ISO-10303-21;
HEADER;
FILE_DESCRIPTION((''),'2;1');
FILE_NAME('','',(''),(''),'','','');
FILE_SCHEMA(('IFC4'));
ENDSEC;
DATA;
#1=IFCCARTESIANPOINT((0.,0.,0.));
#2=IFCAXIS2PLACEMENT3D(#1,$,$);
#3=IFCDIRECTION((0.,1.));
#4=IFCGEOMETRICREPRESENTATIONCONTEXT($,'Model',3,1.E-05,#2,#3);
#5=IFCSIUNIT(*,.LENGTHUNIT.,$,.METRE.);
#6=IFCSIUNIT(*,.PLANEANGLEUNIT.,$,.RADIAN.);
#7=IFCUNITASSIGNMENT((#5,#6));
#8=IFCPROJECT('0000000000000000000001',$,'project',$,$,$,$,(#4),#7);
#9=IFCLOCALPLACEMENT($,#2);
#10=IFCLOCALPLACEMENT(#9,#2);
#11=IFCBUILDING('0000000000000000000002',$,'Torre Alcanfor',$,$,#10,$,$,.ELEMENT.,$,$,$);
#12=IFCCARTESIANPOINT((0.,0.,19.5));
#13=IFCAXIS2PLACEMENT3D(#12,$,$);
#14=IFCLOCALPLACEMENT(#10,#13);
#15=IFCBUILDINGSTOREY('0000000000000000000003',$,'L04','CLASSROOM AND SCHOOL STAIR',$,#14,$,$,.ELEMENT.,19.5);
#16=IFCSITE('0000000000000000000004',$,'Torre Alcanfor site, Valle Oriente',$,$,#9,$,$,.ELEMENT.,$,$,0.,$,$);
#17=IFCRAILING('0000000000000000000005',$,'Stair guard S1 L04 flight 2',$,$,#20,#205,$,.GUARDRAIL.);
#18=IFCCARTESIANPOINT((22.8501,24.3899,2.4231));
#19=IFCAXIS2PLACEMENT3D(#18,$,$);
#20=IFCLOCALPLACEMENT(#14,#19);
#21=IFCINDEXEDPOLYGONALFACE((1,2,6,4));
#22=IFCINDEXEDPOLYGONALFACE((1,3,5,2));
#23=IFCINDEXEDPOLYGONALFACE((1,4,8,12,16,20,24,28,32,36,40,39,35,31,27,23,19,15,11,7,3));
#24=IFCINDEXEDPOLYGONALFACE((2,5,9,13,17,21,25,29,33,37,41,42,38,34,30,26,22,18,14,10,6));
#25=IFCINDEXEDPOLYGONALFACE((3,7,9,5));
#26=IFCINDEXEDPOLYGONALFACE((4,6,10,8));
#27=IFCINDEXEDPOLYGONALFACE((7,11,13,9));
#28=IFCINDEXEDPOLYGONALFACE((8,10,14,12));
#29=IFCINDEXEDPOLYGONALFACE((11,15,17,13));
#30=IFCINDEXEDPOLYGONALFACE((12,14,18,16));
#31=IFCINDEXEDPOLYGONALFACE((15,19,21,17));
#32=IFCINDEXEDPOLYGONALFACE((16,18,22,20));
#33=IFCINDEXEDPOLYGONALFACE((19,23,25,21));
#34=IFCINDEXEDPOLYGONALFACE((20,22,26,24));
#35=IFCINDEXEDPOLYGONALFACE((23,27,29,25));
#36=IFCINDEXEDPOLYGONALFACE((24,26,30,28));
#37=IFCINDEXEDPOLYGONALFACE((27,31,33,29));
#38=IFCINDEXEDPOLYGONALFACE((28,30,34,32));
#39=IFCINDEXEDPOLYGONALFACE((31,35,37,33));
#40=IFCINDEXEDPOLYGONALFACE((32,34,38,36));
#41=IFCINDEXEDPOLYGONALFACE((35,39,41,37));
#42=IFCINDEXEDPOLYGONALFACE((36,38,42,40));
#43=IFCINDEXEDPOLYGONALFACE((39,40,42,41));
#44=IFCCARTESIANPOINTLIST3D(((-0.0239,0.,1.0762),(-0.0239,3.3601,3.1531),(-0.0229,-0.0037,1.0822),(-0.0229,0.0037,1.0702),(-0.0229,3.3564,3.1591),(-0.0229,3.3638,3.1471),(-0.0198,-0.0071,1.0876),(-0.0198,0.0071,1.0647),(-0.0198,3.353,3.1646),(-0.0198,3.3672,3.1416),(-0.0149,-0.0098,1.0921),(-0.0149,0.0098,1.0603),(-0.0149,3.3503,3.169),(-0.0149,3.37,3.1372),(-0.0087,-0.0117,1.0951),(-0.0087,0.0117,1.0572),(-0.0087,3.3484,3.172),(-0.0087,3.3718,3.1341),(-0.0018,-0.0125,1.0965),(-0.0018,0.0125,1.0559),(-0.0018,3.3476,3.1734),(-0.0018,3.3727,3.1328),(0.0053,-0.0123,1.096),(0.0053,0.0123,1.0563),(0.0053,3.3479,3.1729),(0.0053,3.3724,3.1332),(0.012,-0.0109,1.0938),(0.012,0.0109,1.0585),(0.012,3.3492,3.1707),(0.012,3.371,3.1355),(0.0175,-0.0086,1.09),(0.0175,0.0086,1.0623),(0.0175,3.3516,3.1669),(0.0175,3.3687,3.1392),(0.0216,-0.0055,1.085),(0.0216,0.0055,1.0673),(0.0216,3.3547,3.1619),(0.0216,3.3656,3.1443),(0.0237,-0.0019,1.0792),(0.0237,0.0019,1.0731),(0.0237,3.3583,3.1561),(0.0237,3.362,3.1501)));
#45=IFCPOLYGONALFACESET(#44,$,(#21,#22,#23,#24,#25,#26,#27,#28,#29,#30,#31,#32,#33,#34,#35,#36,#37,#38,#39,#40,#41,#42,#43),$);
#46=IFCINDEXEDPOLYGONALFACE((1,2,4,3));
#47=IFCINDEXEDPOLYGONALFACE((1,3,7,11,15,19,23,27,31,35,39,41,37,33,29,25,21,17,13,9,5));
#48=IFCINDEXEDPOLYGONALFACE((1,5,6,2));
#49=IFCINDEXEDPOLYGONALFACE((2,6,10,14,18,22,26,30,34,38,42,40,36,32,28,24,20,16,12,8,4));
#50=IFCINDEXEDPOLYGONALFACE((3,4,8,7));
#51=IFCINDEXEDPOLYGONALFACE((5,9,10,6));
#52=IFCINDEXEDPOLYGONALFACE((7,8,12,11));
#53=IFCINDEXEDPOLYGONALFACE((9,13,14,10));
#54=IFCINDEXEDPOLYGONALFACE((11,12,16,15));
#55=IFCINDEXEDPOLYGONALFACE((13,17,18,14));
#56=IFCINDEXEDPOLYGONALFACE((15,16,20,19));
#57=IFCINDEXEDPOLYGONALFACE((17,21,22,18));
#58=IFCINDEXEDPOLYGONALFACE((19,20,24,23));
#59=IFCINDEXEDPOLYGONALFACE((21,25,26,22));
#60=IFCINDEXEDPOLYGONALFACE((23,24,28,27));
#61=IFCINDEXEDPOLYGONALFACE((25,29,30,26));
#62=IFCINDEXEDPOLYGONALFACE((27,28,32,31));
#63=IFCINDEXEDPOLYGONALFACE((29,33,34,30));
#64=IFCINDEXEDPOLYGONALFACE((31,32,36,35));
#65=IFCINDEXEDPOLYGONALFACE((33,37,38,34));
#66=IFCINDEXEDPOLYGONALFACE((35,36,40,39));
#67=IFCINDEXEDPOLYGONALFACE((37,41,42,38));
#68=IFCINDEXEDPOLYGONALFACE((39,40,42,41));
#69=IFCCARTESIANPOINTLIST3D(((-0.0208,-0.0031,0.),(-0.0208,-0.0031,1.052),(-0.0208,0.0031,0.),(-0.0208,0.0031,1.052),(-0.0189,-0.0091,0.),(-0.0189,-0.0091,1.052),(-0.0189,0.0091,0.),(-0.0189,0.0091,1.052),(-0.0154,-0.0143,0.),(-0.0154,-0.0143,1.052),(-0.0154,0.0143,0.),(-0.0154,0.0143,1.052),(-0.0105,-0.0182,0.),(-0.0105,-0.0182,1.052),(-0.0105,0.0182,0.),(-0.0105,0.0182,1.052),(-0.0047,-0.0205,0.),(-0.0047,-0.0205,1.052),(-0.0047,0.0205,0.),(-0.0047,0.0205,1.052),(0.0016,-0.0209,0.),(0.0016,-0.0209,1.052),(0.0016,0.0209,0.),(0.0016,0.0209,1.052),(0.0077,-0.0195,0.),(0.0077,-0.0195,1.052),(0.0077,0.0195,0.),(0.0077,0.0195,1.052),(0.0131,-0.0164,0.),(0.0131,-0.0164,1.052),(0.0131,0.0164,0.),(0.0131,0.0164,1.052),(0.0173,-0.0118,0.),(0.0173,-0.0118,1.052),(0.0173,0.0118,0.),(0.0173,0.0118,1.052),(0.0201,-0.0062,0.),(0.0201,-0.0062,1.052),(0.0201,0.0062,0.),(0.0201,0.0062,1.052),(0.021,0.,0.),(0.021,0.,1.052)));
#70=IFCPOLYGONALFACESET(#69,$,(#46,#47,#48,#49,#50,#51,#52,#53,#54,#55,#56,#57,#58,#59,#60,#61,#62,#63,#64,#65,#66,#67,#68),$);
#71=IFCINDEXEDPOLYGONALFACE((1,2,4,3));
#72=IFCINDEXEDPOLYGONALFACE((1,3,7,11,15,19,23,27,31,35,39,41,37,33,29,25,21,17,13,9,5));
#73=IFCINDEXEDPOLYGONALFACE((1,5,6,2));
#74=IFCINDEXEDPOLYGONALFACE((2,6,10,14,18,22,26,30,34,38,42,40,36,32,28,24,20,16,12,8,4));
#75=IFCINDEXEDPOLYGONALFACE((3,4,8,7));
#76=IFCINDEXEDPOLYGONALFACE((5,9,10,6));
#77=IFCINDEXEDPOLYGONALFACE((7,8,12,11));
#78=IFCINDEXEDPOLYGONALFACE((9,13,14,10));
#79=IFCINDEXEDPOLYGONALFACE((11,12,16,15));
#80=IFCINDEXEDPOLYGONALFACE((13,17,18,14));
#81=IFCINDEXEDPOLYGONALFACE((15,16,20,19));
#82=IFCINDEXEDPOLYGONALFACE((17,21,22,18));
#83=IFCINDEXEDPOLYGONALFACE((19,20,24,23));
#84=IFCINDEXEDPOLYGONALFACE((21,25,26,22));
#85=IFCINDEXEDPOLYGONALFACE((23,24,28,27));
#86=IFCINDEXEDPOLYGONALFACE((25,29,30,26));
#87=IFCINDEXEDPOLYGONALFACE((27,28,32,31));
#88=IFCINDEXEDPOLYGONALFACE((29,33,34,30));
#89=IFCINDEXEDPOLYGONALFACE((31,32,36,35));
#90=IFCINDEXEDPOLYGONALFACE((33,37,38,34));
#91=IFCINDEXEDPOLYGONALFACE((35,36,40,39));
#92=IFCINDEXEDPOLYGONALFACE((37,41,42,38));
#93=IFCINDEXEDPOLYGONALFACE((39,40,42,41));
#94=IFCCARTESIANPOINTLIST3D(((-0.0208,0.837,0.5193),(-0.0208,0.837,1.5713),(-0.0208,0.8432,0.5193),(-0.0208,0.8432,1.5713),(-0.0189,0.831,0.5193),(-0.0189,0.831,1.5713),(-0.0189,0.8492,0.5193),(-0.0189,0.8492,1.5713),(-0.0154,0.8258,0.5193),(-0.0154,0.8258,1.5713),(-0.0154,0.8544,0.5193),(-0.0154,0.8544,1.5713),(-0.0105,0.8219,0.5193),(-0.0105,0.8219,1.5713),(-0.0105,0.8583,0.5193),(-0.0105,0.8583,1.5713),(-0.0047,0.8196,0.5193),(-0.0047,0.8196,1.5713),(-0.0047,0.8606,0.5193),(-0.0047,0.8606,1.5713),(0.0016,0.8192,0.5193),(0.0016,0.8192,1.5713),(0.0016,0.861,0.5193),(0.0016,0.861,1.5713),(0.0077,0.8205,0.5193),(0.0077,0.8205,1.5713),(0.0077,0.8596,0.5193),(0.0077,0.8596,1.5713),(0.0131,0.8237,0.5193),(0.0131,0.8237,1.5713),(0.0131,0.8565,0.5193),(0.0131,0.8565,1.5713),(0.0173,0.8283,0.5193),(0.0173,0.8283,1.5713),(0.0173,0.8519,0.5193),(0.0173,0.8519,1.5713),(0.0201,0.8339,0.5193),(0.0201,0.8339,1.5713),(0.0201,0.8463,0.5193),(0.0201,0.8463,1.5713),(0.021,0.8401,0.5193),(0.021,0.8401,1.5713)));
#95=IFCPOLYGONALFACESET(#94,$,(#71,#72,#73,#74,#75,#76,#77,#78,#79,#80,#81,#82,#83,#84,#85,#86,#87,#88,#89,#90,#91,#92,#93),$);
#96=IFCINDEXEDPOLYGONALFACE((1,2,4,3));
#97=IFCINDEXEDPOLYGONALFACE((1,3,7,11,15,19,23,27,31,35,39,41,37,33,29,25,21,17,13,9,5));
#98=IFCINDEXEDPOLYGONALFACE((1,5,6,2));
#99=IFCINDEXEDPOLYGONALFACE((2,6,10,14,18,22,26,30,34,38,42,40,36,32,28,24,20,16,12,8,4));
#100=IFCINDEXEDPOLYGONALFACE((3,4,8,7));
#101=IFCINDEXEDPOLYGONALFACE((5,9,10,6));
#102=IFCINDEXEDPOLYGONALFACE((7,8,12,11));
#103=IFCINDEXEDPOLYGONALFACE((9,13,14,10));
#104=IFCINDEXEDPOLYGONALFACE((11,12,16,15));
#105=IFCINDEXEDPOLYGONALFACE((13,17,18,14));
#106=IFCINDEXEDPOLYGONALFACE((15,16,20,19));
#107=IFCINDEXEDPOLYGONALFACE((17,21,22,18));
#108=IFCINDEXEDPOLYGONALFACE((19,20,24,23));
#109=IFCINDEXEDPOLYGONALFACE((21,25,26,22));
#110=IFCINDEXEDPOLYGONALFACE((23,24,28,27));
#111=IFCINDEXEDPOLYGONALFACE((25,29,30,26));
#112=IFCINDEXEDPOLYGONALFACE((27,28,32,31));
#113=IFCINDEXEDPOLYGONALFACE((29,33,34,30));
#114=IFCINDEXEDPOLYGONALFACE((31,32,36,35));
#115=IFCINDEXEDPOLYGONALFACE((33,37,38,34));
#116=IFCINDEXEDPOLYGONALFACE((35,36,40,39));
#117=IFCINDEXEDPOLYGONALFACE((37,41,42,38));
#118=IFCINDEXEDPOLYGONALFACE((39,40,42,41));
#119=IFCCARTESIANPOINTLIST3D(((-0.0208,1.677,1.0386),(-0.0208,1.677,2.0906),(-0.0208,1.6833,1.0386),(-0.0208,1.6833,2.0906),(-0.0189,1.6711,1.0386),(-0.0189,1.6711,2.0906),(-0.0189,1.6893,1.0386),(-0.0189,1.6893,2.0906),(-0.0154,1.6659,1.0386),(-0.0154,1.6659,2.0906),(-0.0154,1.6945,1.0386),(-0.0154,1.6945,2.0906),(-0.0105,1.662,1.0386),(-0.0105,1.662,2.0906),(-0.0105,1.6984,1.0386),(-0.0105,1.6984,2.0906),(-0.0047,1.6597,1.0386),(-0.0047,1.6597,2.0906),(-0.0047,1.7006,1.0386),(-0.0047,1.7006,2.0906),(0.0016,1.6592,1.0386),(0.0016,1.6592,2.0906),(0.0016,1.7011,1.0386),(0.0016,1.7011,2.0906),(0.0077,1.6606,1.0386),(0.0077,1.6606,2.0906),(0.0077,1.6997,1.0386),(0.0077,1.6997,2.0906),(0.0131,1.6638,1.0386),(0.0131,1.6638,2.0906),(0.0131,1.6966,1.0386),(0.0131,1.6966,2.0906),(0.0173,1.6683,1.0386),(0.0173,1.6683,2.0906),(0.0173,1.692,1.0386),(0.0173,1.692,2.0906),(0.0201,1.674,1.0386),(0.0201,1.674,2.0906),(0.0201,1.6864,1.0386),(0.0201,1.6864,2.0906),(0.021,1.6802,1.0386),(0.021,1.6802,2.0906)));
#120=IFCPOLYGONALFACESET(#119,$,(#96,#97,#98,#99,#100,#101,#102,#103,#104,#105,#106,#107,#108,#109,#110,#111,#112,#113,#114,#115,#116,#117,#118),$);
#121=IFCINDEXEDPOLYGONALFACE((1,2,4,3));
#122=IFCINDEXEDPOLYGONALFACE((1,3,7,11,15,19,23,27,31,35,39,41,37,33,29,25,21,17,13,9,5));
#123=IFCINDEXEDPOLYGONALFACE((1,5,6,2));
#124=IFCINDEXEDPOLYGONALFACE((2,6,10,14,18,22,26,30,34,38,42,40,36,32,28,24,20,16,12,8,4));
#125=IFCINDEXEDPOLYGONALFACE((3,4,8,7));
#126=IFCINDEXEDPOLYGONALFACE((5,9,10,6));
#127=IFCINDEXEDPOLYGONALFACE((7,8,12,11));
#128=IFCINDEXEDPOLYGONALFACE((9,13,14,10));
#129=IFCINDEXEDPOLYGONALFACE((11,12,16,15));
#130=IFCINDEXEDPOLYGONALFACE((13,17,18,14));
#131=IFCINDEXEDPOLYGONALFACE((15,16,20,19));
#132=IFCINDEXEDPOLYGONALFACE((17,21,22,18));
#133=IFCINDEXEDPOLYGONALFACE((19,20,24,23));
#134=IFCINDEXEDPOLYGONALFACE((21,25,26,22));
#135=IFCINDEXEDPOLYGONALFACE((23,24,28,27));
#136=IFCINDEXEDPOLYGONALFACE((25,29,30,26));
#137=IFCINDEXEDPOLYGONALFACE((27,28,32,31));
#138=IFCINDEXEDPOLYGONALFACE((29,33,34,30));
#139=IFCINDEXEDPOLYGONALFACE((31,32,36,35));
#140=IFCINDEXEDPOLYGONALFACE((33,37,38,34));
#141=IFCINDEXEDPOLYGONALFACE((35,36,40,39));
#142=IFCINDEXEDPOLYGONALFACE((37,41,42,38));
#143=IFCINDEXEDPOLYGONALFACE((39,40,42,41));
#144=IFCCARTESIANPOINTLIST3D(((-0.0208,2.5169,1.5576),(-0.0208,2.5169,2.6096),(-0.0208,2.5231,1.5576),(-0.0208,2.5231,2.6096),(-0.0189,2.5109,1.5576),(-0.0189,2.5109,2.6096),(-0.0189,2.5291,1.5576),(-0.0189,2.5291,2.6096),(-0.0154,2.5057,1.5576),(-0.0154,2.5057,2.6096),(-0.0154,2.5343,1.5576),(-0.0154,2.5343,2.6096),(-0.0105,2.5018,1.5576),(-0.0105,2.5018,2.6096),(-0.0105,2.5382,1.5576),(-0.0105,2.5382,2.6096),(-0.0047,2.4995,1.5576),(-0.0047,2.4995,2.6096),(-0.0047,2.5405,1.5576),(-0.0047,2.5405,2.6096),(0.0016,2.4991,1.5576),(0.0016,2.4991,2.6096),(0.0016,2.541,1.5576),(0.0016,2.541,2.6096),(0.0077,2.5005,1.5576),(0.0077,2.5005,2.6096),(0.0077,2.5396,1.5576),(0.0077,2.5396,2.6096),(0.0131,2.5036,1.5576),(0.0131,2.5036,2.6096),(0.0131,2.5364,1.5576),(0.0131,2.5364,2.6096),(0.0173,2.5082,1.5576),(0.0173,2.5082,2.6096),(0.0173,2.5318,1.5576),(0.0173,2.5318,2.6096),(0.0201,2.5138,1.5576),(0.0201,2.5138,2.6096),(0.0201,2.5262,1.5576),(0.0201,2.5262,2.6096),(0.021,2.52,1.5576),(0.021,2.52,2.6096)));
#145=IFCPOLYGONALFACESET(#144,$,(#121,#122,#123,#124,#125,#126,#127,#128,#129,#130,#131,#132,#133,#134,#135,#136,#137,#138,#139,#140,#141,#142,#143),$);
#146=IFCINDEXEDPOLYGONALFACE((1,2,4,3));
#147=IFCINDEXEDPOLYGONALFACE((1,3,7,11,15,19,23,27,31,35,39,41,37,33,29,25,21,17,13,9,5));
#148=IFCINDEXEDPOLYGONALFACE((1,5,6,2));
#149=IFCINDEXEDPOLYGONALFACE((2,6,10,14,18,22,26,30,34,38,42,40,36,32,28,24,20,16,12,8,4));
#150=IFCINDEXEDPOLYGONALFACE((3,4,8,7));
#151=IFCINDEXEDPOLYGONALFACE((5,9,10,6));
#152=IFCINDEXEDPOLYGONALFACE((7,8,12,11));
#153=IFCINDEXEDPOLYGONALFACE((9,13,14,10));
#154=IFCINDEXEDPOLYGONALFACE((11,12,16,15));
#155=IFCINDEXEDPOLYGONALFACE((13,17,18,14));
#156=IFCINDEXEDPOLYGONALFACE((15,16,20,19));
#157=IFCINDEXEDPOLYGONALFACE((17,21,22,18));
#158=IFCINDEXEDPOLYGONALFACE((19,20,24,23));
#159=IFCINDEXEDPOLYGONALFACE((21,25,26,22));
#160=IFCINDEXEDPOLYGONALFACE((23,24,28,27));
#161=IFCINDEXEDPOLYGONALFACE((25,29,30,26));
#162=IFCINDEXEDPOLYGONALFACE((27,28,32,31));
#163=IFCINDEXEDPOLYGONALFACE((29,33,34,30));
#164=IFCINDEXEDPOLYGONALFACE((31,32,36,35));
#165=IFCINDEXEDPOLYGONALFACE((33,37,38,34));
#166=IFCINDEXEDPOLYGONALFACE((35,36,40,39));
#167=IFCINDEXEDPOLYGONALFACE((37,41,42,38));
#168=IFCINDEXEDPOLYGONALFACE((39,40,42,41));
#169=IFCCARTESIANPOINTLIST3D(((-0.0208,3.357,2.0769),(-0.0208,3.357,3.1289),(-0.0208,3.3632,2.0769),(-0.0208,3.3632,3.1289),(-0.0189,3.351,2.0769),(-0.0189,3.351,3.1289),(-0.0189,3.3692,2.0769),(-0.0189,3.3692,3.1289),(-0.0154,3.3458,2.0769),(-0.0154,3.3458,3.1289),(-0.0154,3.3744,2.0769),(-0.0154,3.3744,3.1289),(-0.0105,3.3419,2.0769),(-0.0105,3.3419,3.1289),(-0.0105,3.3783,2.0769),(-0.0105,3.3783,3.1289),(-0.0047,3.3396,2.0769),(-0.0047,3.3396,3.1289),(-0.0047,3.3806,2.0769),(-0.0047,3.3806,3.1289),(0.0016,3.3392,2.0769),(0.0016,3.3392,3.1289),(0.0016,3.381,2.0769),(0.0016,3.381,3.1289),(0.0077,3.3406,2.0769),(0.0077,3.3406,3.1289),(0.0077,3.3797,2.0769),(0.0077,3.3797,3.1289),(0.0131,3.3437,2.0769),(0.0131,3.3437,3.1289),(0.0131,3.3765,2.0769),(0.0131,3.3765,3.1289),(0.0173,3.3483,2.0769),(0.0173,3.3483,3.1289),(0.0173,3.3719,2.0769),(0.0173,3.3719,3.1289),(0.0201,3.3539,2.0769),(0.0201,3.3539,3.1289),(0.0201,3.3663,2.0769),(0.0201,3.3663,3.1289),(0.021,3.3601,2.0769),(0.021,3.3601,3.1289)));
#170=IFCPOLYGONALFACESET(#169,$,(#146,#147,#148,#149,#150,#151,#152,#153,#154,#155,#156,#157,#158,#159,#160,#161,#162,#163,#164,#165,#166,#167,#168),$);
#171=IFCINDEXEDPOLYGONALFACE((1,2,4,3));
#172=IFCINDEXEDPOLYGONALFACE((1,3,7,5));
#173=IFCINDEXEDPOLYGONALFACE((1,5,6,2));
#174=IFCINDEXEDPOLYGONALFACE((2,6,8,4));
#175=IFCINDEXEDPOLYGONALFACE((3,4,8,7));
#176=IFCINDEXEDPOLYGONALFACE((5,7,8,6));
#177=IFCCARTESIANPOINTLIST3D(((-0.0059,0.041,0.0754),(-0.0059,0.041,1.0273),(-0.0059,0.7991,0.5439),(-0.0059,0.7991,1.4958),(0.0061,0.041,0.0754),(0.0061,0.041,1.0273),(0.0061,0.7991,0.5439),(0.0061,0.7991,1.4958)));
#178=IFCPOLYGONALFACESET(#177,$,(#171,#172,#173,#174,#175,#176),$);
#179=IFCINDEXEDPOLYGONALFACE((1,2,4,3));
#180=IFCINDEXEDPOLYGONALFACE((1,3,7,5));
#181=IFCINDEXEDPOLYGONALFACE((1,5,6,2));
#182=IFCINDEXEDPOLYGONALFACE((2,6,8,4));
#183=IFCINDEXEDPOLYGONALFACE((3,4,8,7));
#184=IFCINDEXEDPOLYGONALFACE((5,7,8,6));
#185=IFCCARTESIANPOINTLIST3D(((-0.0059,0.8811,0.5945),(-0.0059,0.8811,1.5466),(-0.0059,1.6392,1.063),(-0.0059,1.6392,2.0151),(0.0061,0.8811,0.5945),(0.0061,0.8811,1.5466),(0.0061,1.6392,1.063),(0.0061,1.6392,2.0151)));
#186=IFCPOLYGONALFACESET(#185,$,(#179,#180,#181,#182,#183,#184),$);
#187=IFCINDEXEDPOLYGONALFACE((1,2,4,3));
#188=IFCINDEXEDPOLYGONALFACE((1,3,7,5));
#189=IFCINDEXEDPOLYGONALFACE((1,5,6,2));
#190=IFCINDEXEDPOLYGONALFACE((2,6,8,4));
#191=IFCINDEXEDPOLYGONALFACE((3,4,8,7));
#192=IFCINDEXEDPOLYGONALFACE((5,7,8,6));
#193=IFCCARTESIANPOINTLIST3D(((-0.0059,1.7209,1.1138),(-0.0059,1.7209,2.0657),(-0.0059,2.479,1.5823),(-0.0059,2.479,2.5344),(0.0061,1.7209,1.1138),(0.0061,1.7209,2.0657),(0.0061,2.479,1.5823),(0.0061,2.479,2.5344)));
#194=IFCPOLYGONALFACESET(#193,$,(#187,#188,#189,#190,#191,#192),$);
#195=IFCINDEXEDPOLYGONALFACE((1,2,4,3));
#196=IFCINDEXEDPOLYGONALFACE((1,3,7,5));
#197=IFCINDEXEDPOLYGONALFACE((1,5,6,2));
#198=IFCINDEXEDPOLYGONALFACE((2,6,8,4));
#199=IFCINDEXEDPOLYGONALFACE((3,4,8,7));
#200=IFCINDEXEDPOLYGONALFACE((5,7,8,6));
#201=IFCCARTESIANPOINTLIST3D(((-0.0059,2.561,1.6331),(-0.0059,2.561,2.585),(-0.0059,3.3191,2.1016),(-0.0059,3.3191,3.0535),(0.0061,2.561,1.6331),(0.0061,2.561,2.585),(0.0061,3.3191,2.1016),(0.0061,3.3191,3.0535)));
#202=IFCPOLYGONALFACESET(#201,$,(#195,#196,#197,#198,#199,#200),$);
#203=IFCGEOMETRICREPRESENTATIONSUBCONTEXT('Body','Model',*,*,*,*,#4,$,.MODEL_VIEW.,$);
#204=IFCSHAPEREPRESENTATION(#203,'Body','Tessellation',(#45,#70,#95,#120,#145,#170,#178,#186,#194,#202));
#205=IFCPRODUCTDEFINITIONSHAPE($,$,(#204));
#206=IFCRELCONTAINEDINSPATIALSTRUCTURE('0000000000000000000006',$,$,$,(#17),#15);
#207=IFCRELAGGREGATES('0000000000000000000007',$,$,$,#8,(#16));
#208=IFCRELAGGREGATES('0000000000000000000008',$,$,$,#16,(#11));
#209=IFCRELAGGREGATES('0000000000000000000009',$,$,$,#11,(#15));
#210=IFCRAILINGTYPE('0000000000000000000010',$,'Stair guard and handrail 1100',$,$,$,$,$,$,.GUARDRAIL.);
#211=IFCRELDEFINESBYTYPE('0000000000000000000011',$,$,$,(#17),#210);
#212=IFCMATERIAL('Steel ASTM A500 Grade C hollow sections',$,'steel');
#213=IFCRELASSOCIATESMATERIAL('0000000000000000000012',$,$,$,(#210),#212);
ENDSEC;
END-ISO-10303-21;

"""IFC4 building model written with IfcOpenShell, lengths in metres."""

from ifc_helpers import new_model, si_unit, direction, frame, origin, origin_2d, place, context, subcontext, project, spatial, polyline, circle, outline, extrude, material, type_object, element, save


model = new_model("IFC4")

# Units and contexts
model_context = context("Model", 3, precision=1e-05, world=origin(), true_north=direction((0.0, 1.0)))
body_context = subcontext(model_context, "Body", "Model", "MODEL_VIEW")
ifc_project = project(units=[si_unit("LENGTHUNIT", "METRE"), si_unit("PLANEANGLEUNIT", "RADIAN")], contexts=[model_context])

# Site, building, storey
site_placement = place(None, origin())
site = spatial("IfcSite", under=ifc_project, at=site_placement, Name="Torre Alcanfor site, Valle Oriente", CompositionType="ELEMENT", RefElevation=0.0)
building_placement = place(site_placement, origin())
building = spatial("IfcBuilding", under=site, at=building_placement, Name="Torre Alcanfor", CompositionType="ELEMENT")
storey_placement = place(building_placement, frame((0.0, 0.0, 19.5)))
storey = spatial("IfcBuildingStorey", under=building, at=storey_placement, Name="L04", Description="CLASSROOM AND SCHOOL STAIR", CompositionType="ELEMENT", Elevation=19.5)

# Railing
ifc_material_1 = material(Name="Steel ASTM A500 Grade C hollow sections", Category="steel")
railing_type_1 = type_object("IfcRailingType", Name="Stair guard and handrail 1100", PredefinedType="GUARDRAIL", material=ifc_material_1)
railing_1_placement = place(storey_placement, frame((22.8501, 24.3899, 2.4231)))
element("IfcRailing", 1, at=railing_1_placement, inside=storey, type_object=railing_type_1, Name="Stair guard S1 L04 flight 2", PredefinedType="GUARDRAIL", context=body_context, shape_type="SweptSolid", body=[
    extrude(circle(Radius=0.0239, at=origin_2d()), frame((0.0, 0.0, 1.0762), z_axis=(0.0, 0.850623, 0.525776), x_axis=(-1.0, 0.0, 0.0)), (0.0, 0.0, 1.0), 3.9502),
    extrude(circle(Radius=0.021, at=origin_2d()), origin(), (0.0, 0.0, 1.0), 1.052),
    extrude(circle(Radius=0.021, at=origin_2d()), frame((0.0, 0.8401, 0.5193)), (0.0, 0.0, 1.0), 1.052),
    extrude(circle(Radius=0.021, at=origin_2d()), frame((0.0, 1.6802, 1.0386)), (0.0, 0.0, 1.0), 1.052),
    extrude(circle(Radius=0.021, at=origin_2d()), frame((0.0, 2.52, 1.5576)), (0.0, 0.0, 1.0), 1.052),
    extrude(circle(Radius=0.021, at=origin_2d()), frame((0.0, 3.3601, 2.0769)), (0.0, 0.0, 1.0), 1.052),
    extrude(outline(polyline([(0.041, 0.0754), (0.7991, 0.5439), (0.7991, 1.4958), (0.041, 1.0273), (0.041, 0.0754)])), frame((-0.0059, 0.0, 0.0), z_axis=(1.0, 0.0, 0.0), x_axis=(0.0, 1.0, 0.0)), (0.0, 0.0, 1.0), 0.012),
    extrude(outline(polyline([(0.8811, 0.5945), (1.6392, 1.063), (1.6392, 2.0151), (0.8811, 1.5466), (0.8811, 0.5945)])), frame((-0.0059, 0.0, 0.0), z_axis=(1.0, 0.0, 0.0), x_axis=(0.0, 1.0, 0.0)), (0.0, 0.0, 1.0), 0.012),
    extrude(outline(polyline([(1.7209, 1.1138), (2.479, 1.5823), (2.479, 2.5344), (1.7209, 2.0657), (1.7209, 1.1138)])), frame((-0.0059, 0.0, 0.0), z_axis=(1.0, 0.0, 0.0), x_axis=(0.0, 1.0, 0.0)), (0.0, 0.0, 1.0), 0.012),
    extrude(outline(polyline([(2.561, 1.6331), (3.3191, 2.1016), (3.3191, 3.0535), (2.561, 2.585), (2.561, 1.6331)])), frame((-0.0059, 0.0, 0.0), z_axis=(1.0, 0.0, 0.0), x_axis=(0.0, 1.0, 0.0)), (0.0, 0.0, 1.0), 0.012),
])

save(model, "model.ifc")
